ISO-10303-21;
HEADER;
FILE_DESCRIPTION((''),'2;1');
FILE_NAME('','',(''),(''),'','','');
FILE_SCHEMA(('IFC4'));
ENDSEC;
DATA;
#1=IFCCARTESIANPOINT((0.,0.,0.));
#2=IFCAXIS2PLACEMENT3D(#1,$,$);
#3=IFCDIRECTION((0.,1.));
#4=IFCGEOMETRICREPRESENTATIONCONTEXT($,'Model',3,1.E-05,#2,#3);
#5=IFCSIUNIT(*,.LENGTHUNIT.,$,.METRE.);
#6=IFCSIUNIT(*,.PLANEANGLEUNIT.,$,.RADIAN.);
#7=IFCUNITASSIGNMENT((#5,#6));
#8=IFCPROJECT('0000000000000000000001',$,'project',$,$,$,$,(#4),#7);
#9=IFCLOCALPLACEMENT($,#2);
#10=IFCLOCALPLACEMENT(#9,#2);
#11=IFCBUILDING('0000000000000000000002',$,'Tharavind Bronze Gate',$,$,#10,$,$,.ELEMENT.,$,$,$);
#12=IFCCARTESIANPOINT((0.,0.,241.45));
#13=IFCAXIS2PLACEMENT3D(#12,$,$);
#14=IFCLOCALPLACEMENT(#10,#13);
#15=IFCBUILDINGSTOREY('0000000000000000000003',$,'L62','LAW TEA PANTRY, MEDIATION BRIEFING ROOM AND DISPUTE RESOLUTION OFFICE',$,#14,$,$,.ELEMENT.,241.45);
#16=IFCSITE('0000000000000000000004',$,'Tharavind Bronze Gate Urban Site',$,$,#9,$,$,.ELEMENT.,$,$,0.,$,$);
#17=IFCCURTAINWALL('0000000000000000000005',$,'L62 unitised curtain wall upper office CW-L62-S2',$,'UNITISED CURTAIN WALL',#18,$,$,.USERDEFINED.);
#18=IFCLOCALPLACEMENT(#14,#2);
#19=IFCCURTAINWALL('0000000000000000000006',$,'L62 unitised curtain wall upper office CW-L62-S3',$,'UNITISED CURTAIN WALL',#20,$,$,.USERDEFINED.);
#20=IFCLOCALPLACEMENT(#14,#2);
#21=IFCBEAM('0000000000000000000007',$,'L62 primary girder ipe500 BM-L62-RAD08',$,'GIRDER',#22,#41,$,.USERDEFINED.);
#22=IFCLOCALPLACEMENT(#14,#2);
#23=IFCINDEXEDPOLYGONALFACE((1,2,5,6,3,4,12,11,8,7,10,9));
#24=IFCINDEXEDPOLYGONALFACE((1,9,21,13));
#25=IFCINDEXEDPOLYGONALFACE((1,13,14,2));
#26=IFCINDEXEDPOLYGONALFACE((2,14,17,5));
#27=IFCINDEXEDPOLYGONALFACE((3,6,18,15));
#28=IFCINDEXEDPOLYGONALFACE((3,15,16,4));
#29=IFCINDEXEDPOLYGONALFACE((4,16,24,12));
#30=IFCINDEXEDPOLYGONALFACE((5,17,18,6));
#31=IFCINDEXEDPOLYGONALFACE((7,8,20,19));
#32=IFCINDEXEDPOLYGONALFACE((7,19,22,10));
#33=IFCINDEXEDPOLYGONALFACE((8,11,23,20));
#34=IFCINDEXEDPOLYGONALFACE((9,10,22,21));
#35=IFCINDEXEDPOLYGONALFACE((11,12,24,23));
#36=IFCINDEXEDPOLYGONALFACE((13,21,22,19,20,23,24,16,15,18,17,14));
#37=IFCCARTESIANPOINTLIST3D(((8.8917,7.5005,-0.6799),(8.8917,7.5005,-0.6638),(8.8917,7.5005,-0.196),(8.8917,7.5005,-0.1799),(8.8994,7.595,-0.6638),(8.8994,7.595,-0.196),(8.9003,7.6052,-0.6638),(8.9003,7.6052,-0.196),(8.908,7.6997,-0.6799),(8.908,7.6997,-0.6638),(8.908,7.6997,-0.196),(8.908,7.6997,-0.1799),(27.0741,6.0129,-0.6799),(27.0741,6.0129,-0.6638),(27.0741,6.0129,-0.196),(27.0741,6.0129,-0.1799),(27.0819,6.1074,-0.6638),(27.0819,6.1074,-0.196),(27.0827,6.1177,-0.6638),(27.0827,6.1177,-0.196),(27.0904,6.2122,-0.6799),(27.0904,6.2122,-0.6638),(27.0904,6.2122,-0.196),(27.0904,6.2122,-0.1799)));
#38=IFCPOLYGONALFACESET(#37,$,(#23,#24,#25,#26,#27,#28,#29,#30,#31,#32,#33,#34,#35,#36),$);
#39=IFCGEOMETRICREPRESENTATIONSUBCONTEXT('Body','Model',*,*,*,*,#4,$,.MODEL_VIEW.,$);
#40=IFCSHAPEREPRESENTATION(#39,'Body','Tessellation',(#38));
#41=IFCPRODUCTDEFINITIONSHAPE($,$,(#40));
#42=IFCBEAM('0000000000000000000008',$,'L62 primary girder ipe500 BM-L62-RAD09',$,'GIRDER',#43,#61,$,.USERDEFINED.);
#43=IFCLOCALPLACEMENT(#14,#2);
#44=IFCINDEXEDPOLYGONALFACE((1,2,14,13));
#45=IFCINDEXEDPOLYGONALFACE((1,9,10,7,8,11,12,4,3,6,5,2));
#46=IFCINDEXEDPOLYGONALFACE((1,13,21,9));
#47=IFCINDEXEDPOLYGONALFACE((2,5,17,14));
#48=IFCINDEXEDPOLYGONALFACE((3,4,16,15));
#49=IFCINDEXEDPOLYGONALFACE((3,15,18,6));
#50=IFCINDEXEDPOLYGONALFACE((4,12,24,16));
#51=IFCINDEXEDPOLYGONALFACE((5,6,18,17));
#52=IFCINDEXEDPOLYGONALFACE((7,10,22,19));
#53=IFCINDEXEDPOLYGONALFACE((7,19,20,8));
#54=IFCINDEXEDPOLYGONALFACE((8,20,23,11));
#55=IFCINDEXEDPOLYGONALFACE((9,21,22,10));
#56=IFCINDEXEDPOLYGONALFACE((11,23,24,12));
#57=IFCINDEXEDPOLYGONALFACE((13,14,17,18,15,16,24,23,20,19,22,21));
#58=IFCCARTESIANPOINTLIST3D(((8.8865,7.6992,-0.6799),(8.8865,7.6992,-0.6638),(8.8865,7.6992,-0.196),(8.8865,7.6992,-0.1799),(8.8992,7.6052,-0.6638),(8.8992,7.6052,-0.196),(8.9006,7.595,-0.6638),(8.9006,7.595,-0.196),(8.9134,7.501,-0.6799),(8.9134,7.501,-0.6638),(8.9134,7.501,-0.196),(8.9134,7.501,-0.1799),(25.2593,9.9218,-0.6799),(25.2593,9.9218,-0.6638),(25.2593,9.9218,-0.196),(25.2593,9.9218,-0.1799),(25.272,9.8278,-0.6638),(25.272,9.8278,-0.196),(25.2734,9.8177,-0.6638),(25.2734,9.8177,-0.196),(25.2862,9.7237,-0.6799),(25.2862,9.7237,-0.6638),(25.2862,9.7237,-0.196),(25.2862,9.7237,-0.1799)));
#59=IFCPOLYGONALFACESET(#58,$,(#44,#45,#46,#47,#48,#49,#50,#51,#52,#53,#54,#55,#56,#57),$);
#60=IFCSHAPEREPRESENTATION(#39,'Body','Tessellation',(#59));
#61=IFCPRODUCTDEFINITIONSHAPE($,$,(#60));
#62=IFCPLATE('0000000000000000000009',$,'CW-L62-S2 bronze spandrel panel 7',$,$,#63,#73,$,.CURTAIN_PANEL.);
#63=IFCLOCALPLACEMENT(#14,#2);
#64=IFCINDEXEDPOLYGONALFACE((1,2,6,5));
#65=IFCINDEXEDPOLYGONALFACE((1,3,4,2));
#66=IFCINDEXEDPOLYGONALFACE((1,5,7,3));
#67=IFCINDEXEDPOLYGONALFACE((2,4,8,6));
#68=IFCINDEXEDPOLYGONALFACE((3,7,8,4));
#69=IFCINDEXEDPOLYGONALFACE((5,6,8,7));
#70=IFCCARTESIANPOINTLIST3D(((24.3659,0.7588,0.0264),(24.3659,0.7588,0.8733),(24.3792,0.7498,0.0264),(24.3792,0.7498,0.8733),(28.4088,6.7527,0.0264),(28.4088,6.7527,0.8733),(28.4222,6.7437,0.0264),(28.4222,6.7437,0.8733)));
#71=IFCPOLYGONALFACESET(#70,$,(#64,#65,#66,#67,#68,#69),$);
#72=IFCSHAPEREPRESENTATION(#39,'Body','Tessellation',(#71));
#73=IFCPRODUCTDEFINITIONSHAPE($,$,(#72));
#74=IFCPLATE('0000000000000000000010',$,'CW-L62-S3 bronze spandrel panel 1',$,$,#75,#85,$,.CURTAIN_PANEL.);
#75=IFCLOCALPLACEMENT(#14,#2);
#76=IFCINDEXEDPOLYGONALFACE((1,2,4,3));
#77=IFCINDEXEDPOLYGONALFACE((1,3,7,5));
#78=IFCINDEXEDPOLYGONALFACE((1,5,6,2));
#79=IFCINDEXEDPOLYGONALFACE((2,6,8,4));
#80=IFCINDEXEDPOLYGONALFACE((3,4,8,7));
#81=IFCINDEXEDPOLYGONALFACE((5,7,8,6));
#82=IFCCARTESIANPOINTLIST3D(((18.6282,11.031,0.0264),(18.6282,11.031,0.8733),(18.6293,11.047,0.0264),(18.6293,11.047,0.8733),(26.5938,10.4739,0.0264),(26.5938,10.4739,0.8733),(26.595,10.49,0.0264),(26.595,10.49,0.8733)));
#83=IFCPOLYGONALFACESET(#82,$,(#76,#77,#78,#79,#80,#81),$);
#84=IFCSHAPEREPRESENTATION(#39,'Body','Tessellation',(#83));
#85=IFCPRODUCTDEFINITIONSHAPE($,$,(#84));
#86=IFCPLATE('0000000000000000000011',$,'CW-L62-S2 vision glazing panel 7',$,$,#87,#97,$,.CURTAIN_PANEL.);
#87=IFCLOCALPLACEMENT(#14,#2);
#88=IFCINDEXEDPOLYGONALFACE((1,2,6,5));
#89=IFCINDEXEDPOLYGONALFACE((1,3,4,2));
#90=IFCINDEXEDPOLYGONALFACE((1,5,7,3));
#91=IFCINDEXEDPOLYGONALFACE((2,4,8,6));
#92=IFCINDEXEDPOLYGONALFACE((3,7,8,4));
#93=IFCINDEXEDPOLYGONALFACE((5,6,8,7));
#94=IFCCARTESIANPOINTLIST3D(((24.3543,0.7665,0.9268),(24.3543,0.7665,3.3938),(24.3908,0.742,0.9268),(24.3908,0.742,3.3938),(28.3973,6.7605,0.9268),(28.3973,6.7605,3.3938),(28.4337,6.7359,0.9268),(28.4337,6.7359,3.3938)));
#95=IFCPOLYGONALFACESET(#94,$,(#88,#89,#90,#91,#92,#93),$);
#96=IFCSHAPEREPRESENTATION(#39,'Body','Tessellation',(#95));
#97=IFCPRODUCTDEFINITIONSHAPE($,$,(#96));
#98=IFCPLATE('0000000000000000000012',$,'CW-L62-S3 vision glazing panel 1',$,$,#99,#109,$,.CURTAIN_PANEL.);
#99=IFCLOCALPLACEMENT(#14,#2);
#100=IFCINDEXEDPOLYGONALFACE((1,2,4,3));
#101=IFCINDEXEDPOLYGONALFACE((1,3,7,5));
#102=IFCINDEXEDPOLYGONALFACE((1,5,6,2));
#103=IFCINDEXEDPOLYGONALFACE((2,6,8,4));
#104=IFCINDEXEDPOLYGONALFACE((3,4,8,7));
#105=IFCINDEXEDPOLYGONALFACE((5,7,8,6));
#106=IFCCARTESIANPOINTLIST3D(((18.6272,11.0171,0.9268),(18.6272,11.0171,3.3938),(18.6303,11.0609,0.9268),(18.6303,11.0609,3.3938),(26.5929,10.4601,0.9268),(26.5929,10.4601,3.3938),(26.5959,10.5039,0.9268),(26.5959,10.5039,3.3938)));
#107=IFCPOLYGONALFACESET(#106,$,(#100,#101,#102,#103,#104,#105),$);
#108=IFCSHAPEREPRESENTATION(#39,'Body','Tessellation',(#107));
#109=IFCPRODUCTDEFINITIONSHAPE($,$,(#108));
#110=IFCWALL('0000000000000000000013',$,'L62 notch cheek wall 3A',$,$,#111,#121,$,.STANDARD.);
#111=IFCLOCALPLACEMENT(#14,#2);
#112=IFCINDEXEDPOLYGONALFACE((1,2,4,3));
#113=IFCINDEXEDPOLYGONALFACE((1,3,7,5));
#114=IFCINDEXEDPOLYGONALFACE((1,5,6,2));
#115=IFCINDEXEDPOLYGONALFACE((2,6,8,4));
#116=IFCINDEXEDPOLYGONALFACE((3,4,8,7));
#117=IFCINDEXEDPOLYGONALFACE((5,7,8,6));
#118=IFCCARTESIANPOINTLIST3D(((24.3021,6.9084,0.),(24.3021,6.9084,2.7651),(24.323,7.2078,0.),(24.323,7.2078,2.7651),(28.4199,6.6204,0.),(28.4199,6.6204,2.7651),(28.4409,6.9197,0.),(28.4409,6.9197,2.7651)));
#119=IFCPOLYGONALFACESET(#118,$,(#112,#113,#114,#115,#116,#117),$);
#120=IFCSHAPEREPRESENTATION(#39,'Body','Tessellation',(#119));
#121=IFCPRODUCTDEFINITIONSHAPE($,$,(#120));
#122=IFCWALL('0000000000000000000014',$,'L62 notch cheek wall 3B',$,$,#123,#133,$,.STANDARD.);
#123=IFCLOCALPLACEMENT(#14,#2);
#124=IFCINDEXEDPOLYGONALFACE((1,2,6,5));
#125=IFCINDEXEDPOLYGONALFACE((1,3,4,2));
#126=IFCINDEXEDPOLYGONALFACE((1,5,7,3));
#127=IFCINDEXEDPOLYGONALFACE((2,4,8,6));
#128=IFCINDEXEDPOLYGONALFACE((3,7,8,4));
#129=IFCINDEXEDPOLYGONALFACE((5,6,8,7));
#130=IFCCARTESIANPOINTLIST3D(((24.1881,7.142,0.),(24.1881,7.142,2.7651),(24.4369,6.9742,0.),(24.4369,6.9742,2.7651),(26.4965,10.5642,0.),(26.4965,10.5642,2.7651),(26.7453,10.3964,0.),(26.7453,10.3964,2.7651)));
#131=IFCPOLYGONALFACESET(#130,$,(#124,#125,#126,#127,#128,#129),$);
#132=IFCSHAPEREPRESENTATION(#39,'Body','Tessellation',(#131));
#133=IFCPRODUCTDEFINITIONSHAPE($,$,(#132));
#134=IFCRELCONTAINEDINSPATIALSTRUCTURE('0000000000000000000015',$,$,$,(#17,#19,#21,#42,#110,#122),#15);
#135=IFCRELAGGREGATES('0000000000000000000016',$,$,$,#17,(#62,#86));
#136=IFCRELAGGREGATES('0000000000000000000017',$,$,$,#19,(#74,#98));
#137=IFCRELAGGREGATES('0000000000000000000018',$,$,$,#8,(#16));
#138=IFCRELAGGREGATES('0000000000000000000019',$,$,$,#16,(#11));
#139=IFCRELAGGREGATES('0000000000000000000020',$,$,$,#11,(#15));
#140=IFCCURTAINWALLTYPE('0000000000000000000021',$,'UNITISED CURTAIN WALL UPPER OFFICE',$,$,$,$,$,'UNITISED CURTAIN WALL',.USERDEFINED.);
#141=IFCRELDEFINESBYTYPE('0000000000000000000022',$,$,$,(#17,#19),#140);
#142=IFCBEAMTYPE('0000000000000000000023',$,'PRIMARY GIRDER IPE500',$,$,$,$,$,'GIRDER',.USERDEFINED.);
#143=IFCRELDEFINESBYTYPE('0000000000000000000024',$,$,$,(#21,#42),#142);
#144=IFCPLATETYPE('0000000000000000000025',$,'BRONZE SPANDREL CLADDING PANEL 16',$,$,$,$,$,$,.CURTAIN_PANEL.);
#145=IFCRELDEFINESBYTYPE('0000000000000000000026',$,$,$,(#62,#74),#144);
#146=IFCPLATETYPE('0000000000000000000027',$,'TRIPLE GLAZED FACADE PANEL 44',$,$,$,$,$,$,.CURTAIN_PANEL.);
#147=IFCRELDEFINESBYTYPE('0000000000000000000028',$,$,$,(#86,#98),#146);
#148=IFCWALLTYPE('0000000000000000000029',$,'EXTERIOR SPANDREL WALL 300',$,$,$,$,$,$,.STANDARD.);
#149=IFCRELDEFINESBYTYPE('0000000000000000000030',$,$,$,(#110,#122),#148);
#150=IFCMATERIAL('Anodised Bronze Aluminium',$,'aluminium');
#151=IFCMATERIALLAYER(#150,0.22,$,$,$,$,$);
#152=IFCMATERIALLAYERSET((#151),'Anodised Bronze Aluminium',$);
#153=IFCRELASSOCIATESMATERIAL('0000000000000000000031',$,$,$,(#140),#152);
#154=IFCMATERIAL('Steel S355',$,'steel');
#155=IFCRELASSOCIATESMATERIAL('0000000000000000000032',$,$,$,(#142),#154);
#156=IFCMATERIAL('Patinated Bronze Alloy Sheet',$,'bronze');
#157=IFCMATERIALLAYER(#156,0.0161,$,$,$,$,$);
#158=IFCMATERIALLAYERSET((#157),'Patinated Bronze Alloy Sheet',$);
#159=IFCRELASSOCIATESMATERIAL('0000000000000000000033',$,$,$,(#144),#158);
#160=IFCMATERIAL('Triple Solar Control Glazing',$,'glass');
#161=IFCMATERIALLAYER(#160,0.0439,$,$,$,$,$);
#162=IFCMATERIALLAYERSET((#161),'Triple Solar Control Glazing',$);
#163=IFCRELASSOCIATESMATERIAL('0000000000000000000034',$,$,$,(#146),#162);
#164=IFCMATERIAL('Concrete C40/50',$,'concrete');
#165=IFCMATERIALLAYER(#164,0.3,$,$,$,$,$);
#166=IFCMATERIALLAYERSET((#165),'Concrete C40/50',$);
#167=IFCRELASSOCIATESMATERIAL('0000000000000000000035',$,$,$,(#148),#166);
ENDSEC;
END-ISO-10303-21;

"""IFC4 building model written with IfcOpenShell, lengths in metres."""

from ifc_helpers import new_model, si_unit, direction, frame, frame_2d, origin, origin_2d, place, context, subcontext, project, spatial, rectangle, i_section, extrude, material, layer, layer_set, material_profile, profile_set, type_object, element, aggregate, save


model = new_model("IFC4")

# Units and contexts
model_context = context("Model", 3, precision=1e-05, world=origin(), true_north=direction((0.0, 1.0)))
body_context = subcontext(model_context, "Body", "Model", "MODEL_VIEW")
ifc_project = project(units=[si_unit("LENGTHUNIT", "METRE"), si_unit("PLANEANGLEUNIT", "RADIAN")], contexts=[model_context])

# Site, building, storey
site_placement = place(None, origin())
site = spatial("IfcSite", under=ifc_project, at=site_placement, Name="Tharavind Bronze Gate Urban Site", CompositionType="ELEMENT", RefElevation=0.0)
building_placement = place(site_placement, origin())
building = spatial("IfcBuilding", under=site, at=building_placement, Name="Tharavind Bronze Gate", CompositionType="ELEMENT")
storey_placement = place(building_placement, frame((0.0, 0.0, 241.45)))
storey = spatial("IfcBuildingStorey", under=building, at=storey_placement, Name="L62", Description="LAW TEA PANTRY, MEDIATION BRIEFING ROOM AND DISPUTE RESOLUTION OFFICE", CompositionType="ELEMENT", Elevation=241.45)

# Curtain wall
ifc_material_1 = material(Name="Anodised Bronze Aluminium", Category="aluminium")
ifc_layer_1 = layer(ifc_material_1, 0.22)
ifc_layer_set_1 = layer_set([ifc_layer_1], Name="Anodised Bronze Aluminium")
curtain_wall_type = type_object("IfcCurtainWallType", Name="UNITISED CURTAIN WALL UPPER OFFICE", ElementType="UNITISED CURTAIN WALL", PredefinedType="USERDEFINED", material=ifc_layer_set_1)
curtain_wall_1_placement = place(storey_placement, origin())
curtain_wall_1 = element("IfcCurtainWall", 1, at=curtain_wall_1_placement, inside=storey, type_object=curtain_wall_type, Name="L62 unitised curtain wall upper office CW-L62-S2", ObjectType="UNITISED CURTAIN WALL", PredefinedType="USERDEFINED")

# Curtain wall
curtain_wall_2_placement = place(storey_placement, origin())
curtain_wall_2 = element("IfcCurtainWall", 2, at=curtain_wall_2_placement, inside=storey, type_object=curtain_wall_type, Name="L62 unitised curtain wall upper office CW-L62-S3", ObjectType="UNITISED CURTAIN WALL", PredefinedType="USERDEFINED")

# Beams
ifc_material_2 = material(Name="Steel S355", Category="steel")
ifc_material_profile_1 = material_profile(ifc_material_2, i_section(OverallWidth=0.2, OverallDepth=0.5, WebThickness=0.0103, FlangeThickness=0.0161, at=origin_2d()), Name="IPE500")
ifc_profile_set_1 = profile_set([ifc_material_profile_1], Name="Steel S355")
beam_type_1 = type_object("IfcBeamType", Name="PRIMARY GIRDER IPE500", ElementType="GIRDER", PredefinedType="USERDEFINED", material=ifc_profile_set_1)
beam_1_placement = place(storey_placement, frame((27.0823, 6.1125, -0.4299), z_axis=(-0.99667, 0.08154, 0.0), x_axis=(-0.08154, -0.99667, 0.0)))
element("IfcBeam", 3, at=beam_1_placement, inside=storey, type_object=beam_type_1, Name="L62 primary girder ipe500 BM-L62-RAD08", ObjectType="GIRDER", PredefinedType="USERDEFINED", context=body_context, shape_type="SweptSolid", body=[
    extrude(i_section(OverallWidth=0.2, OverallDepth=0.5, WebThickness=0.0103, FlangeThickness=0.0161, at=origin_2d()), origin(), (0.0, 0.0, 1.0), 18.2432),
])
beam_2_placement = place(storey_placement, frame((25.2727, 9.8228, -0.4299), z_axis=(-0.990911, -0.134519, 0.0), x_axis=(0.134519, -0.990911, 0.0)))
element("IfcBeam", 4, at=beam_2_placement, inside=storey, type_object=beam_type_1, Name="L62 primary girder ipe500 BM-L62-RAD09", ObjectType="GIRDER", PredefinedType="USERDEFINED", context=body_context, shape_type="SweptSolid", body=[
    extrude(i_section(OverallWidth=0.2, OverallDepth=0.5, WebThickness=0.0103, FlangeThickness=0.0161, at=origin_2d()), origin(), (0.0, 0.0, 1.0), 16.5229),
])

# Plates
ifc_material_3 = material(Name="Patinated Bronze Alloy Sheet", Category="bronze")
ifc_layer_2 = layer(ifc_material_3, 0.0161)
ifc_layer_set_2 = layer_set([ifc_layer_2], Name="Patinated Bronze Alloy Sheet")
plate_type_1 = type_object("IfcPlateType", Name="BRONZE SPANDREL CLADDING PANEL 16", PredefinedType="CURTAIN_PANEL", material=ifc_layer_set_2)
plate_1_placement = place(storey_placement, frame((26.394, 3.7512, 0.0264), z_axis=(0.0, 0.0, 1.0), x_axis=(0.559193, 0.829038, 0.0)))
plate_1 = element("IfcPlate", 5, at=plate_1_placement, type_object=plate_type_1, Name="CW-L62-S2 bronze spandrel panel 7", PredefinedType="CURTAIN_PANEL", context=body_context, shape_type="SweptSolid", body=[
    extrude(rectangle(XDim=7.23, YDim=0.0161, at=origin_2d()), origin(), (0.0, 0.0, 1.0), 0.8469),
])
plate_2_placement = place(storey_placement, frame((22.6116, 10.7605, 0.0264), z_axis=(0.0, 0.0, 1.0), x_axis=(-0.997564, 0.069758, 0.0)))
plate_2 = element("IfcPlate", 6, at=plate_2_placement, type_object=plate_type_1, Name="CW-L62-S3 bronze spandrel panel 1", PredefinedType="CURTAIN_PANEL", context=body_context, shape_type="SweptSolid", body=[
    extrude(rectangle(XDim=7.9851, YDim=0.0161, at=origin_2d()), origin(), (0.0, 0.0, 1.0), 0.8469),
])
ifc_material_4 = material(Name="Triple Solar Control Glazing", Category="glass")
ifc_layer_3 = layer(ifc_material_4, 0.0439)
ifc_layer_set_3 = layer_set([ifc_layer_3], Name="Triple Solar Control Glazing")
plate_type_2 = type_object("IfcPlateType", Name="TRIPLE GLAZED FACADE PANEL 44", PredefinedType="CURTAIN_PANEL", material=ifc_layer_set_3)
plate_3_placement = place(storey_placement, frame((26.394, 3.7512, 0.9268), z_axis=(0.0, 0.0, 1.0), x_axis=(0.559193, 0.829038, 0.0)))
plate_3 = element("IfcPlate", 7, at=plate_3_placement, type_object=plate_type_2, Name="CW-L62-S2 vision glazing panel 7", PredefinedType="CURTAIN_PANEL", context=body_context, shape_type="SweptSolid", body=[
    extrude(rectangle(XDim=7.23, YDim=0.0439, at=origin_2d()), origin(), (0.0, 0.0, 1.0), 2.467),
])
aggregate(curtain_wall_1, [plate_1, plate_3])
plate_4_placement = place(storey_placement, frame((22.6116, 10.7605, 0.9268), z_axis=(0.0, 0.0, 1.0), x_axis=(-0.997564, 0.069758, 0.0)))
plate_4 = element("IfcPlate", 8, at=plate_4_placement, type_object=plate_type_2, Name="CW-L62-S3 vision glazing panel 1", PredefinedType="CURTAIN_PANEL", context=body_context, shape_type="SweptSolid", body=[
    extrude(rectangle(XDim=7.9851, YDim=0.0439, at=origin_2d()), origin(), (0.0, 0.0, 1.0), 2.467),
])
aggregate(curtain_wall_2, [plate_2, plate_4])

# Walls
ifc_material_5 = material(Name="Concrete C40/50", Category="concrete")
ifc_layer_4 = layer(ifc_material_5, 0.3)
ifc_layer_set_4 = layer_set([ifc_layer_4], Name="Concrete C40/50")
wall_type = type_object("IfcWallType", Name="EXTERIOR SPANDREL WALL 300", PredefinedType="STANDARD", material=ifc_layer_set_4)
for number, where, z_axis, x_axis, name in (
    (9, (28.4304, 6.77, 0.0), (0.0, 0.0, 1.0), (-0.997562, 0.069789, 0.0), "L62 notch cheek wall 3A"),
    (10, (24.3125, 7.0581, 0.0), (0.0, 0.0, 1.0), (0.55921, 0.829026, 0.0), "L62 notch cheek wall 3B"),
):
    element("IfcWall", number, at=place(storey_placement, frame(where, z_axis=z_axis, x_axis=x_axis)), inside=storey, type_object=wall_type, Name=name, PredefinedType="STANDARD", context=body_context, shape_type="SweptSolid", body=[
        extrude(rectangle(XDim=4.1279, YDim=0.3, at=frame_2d((2.064, 0.0))), origin(), (0.0, 0.0, 1.0), 2.7651),
    ])

save(model, "model.ifc")
